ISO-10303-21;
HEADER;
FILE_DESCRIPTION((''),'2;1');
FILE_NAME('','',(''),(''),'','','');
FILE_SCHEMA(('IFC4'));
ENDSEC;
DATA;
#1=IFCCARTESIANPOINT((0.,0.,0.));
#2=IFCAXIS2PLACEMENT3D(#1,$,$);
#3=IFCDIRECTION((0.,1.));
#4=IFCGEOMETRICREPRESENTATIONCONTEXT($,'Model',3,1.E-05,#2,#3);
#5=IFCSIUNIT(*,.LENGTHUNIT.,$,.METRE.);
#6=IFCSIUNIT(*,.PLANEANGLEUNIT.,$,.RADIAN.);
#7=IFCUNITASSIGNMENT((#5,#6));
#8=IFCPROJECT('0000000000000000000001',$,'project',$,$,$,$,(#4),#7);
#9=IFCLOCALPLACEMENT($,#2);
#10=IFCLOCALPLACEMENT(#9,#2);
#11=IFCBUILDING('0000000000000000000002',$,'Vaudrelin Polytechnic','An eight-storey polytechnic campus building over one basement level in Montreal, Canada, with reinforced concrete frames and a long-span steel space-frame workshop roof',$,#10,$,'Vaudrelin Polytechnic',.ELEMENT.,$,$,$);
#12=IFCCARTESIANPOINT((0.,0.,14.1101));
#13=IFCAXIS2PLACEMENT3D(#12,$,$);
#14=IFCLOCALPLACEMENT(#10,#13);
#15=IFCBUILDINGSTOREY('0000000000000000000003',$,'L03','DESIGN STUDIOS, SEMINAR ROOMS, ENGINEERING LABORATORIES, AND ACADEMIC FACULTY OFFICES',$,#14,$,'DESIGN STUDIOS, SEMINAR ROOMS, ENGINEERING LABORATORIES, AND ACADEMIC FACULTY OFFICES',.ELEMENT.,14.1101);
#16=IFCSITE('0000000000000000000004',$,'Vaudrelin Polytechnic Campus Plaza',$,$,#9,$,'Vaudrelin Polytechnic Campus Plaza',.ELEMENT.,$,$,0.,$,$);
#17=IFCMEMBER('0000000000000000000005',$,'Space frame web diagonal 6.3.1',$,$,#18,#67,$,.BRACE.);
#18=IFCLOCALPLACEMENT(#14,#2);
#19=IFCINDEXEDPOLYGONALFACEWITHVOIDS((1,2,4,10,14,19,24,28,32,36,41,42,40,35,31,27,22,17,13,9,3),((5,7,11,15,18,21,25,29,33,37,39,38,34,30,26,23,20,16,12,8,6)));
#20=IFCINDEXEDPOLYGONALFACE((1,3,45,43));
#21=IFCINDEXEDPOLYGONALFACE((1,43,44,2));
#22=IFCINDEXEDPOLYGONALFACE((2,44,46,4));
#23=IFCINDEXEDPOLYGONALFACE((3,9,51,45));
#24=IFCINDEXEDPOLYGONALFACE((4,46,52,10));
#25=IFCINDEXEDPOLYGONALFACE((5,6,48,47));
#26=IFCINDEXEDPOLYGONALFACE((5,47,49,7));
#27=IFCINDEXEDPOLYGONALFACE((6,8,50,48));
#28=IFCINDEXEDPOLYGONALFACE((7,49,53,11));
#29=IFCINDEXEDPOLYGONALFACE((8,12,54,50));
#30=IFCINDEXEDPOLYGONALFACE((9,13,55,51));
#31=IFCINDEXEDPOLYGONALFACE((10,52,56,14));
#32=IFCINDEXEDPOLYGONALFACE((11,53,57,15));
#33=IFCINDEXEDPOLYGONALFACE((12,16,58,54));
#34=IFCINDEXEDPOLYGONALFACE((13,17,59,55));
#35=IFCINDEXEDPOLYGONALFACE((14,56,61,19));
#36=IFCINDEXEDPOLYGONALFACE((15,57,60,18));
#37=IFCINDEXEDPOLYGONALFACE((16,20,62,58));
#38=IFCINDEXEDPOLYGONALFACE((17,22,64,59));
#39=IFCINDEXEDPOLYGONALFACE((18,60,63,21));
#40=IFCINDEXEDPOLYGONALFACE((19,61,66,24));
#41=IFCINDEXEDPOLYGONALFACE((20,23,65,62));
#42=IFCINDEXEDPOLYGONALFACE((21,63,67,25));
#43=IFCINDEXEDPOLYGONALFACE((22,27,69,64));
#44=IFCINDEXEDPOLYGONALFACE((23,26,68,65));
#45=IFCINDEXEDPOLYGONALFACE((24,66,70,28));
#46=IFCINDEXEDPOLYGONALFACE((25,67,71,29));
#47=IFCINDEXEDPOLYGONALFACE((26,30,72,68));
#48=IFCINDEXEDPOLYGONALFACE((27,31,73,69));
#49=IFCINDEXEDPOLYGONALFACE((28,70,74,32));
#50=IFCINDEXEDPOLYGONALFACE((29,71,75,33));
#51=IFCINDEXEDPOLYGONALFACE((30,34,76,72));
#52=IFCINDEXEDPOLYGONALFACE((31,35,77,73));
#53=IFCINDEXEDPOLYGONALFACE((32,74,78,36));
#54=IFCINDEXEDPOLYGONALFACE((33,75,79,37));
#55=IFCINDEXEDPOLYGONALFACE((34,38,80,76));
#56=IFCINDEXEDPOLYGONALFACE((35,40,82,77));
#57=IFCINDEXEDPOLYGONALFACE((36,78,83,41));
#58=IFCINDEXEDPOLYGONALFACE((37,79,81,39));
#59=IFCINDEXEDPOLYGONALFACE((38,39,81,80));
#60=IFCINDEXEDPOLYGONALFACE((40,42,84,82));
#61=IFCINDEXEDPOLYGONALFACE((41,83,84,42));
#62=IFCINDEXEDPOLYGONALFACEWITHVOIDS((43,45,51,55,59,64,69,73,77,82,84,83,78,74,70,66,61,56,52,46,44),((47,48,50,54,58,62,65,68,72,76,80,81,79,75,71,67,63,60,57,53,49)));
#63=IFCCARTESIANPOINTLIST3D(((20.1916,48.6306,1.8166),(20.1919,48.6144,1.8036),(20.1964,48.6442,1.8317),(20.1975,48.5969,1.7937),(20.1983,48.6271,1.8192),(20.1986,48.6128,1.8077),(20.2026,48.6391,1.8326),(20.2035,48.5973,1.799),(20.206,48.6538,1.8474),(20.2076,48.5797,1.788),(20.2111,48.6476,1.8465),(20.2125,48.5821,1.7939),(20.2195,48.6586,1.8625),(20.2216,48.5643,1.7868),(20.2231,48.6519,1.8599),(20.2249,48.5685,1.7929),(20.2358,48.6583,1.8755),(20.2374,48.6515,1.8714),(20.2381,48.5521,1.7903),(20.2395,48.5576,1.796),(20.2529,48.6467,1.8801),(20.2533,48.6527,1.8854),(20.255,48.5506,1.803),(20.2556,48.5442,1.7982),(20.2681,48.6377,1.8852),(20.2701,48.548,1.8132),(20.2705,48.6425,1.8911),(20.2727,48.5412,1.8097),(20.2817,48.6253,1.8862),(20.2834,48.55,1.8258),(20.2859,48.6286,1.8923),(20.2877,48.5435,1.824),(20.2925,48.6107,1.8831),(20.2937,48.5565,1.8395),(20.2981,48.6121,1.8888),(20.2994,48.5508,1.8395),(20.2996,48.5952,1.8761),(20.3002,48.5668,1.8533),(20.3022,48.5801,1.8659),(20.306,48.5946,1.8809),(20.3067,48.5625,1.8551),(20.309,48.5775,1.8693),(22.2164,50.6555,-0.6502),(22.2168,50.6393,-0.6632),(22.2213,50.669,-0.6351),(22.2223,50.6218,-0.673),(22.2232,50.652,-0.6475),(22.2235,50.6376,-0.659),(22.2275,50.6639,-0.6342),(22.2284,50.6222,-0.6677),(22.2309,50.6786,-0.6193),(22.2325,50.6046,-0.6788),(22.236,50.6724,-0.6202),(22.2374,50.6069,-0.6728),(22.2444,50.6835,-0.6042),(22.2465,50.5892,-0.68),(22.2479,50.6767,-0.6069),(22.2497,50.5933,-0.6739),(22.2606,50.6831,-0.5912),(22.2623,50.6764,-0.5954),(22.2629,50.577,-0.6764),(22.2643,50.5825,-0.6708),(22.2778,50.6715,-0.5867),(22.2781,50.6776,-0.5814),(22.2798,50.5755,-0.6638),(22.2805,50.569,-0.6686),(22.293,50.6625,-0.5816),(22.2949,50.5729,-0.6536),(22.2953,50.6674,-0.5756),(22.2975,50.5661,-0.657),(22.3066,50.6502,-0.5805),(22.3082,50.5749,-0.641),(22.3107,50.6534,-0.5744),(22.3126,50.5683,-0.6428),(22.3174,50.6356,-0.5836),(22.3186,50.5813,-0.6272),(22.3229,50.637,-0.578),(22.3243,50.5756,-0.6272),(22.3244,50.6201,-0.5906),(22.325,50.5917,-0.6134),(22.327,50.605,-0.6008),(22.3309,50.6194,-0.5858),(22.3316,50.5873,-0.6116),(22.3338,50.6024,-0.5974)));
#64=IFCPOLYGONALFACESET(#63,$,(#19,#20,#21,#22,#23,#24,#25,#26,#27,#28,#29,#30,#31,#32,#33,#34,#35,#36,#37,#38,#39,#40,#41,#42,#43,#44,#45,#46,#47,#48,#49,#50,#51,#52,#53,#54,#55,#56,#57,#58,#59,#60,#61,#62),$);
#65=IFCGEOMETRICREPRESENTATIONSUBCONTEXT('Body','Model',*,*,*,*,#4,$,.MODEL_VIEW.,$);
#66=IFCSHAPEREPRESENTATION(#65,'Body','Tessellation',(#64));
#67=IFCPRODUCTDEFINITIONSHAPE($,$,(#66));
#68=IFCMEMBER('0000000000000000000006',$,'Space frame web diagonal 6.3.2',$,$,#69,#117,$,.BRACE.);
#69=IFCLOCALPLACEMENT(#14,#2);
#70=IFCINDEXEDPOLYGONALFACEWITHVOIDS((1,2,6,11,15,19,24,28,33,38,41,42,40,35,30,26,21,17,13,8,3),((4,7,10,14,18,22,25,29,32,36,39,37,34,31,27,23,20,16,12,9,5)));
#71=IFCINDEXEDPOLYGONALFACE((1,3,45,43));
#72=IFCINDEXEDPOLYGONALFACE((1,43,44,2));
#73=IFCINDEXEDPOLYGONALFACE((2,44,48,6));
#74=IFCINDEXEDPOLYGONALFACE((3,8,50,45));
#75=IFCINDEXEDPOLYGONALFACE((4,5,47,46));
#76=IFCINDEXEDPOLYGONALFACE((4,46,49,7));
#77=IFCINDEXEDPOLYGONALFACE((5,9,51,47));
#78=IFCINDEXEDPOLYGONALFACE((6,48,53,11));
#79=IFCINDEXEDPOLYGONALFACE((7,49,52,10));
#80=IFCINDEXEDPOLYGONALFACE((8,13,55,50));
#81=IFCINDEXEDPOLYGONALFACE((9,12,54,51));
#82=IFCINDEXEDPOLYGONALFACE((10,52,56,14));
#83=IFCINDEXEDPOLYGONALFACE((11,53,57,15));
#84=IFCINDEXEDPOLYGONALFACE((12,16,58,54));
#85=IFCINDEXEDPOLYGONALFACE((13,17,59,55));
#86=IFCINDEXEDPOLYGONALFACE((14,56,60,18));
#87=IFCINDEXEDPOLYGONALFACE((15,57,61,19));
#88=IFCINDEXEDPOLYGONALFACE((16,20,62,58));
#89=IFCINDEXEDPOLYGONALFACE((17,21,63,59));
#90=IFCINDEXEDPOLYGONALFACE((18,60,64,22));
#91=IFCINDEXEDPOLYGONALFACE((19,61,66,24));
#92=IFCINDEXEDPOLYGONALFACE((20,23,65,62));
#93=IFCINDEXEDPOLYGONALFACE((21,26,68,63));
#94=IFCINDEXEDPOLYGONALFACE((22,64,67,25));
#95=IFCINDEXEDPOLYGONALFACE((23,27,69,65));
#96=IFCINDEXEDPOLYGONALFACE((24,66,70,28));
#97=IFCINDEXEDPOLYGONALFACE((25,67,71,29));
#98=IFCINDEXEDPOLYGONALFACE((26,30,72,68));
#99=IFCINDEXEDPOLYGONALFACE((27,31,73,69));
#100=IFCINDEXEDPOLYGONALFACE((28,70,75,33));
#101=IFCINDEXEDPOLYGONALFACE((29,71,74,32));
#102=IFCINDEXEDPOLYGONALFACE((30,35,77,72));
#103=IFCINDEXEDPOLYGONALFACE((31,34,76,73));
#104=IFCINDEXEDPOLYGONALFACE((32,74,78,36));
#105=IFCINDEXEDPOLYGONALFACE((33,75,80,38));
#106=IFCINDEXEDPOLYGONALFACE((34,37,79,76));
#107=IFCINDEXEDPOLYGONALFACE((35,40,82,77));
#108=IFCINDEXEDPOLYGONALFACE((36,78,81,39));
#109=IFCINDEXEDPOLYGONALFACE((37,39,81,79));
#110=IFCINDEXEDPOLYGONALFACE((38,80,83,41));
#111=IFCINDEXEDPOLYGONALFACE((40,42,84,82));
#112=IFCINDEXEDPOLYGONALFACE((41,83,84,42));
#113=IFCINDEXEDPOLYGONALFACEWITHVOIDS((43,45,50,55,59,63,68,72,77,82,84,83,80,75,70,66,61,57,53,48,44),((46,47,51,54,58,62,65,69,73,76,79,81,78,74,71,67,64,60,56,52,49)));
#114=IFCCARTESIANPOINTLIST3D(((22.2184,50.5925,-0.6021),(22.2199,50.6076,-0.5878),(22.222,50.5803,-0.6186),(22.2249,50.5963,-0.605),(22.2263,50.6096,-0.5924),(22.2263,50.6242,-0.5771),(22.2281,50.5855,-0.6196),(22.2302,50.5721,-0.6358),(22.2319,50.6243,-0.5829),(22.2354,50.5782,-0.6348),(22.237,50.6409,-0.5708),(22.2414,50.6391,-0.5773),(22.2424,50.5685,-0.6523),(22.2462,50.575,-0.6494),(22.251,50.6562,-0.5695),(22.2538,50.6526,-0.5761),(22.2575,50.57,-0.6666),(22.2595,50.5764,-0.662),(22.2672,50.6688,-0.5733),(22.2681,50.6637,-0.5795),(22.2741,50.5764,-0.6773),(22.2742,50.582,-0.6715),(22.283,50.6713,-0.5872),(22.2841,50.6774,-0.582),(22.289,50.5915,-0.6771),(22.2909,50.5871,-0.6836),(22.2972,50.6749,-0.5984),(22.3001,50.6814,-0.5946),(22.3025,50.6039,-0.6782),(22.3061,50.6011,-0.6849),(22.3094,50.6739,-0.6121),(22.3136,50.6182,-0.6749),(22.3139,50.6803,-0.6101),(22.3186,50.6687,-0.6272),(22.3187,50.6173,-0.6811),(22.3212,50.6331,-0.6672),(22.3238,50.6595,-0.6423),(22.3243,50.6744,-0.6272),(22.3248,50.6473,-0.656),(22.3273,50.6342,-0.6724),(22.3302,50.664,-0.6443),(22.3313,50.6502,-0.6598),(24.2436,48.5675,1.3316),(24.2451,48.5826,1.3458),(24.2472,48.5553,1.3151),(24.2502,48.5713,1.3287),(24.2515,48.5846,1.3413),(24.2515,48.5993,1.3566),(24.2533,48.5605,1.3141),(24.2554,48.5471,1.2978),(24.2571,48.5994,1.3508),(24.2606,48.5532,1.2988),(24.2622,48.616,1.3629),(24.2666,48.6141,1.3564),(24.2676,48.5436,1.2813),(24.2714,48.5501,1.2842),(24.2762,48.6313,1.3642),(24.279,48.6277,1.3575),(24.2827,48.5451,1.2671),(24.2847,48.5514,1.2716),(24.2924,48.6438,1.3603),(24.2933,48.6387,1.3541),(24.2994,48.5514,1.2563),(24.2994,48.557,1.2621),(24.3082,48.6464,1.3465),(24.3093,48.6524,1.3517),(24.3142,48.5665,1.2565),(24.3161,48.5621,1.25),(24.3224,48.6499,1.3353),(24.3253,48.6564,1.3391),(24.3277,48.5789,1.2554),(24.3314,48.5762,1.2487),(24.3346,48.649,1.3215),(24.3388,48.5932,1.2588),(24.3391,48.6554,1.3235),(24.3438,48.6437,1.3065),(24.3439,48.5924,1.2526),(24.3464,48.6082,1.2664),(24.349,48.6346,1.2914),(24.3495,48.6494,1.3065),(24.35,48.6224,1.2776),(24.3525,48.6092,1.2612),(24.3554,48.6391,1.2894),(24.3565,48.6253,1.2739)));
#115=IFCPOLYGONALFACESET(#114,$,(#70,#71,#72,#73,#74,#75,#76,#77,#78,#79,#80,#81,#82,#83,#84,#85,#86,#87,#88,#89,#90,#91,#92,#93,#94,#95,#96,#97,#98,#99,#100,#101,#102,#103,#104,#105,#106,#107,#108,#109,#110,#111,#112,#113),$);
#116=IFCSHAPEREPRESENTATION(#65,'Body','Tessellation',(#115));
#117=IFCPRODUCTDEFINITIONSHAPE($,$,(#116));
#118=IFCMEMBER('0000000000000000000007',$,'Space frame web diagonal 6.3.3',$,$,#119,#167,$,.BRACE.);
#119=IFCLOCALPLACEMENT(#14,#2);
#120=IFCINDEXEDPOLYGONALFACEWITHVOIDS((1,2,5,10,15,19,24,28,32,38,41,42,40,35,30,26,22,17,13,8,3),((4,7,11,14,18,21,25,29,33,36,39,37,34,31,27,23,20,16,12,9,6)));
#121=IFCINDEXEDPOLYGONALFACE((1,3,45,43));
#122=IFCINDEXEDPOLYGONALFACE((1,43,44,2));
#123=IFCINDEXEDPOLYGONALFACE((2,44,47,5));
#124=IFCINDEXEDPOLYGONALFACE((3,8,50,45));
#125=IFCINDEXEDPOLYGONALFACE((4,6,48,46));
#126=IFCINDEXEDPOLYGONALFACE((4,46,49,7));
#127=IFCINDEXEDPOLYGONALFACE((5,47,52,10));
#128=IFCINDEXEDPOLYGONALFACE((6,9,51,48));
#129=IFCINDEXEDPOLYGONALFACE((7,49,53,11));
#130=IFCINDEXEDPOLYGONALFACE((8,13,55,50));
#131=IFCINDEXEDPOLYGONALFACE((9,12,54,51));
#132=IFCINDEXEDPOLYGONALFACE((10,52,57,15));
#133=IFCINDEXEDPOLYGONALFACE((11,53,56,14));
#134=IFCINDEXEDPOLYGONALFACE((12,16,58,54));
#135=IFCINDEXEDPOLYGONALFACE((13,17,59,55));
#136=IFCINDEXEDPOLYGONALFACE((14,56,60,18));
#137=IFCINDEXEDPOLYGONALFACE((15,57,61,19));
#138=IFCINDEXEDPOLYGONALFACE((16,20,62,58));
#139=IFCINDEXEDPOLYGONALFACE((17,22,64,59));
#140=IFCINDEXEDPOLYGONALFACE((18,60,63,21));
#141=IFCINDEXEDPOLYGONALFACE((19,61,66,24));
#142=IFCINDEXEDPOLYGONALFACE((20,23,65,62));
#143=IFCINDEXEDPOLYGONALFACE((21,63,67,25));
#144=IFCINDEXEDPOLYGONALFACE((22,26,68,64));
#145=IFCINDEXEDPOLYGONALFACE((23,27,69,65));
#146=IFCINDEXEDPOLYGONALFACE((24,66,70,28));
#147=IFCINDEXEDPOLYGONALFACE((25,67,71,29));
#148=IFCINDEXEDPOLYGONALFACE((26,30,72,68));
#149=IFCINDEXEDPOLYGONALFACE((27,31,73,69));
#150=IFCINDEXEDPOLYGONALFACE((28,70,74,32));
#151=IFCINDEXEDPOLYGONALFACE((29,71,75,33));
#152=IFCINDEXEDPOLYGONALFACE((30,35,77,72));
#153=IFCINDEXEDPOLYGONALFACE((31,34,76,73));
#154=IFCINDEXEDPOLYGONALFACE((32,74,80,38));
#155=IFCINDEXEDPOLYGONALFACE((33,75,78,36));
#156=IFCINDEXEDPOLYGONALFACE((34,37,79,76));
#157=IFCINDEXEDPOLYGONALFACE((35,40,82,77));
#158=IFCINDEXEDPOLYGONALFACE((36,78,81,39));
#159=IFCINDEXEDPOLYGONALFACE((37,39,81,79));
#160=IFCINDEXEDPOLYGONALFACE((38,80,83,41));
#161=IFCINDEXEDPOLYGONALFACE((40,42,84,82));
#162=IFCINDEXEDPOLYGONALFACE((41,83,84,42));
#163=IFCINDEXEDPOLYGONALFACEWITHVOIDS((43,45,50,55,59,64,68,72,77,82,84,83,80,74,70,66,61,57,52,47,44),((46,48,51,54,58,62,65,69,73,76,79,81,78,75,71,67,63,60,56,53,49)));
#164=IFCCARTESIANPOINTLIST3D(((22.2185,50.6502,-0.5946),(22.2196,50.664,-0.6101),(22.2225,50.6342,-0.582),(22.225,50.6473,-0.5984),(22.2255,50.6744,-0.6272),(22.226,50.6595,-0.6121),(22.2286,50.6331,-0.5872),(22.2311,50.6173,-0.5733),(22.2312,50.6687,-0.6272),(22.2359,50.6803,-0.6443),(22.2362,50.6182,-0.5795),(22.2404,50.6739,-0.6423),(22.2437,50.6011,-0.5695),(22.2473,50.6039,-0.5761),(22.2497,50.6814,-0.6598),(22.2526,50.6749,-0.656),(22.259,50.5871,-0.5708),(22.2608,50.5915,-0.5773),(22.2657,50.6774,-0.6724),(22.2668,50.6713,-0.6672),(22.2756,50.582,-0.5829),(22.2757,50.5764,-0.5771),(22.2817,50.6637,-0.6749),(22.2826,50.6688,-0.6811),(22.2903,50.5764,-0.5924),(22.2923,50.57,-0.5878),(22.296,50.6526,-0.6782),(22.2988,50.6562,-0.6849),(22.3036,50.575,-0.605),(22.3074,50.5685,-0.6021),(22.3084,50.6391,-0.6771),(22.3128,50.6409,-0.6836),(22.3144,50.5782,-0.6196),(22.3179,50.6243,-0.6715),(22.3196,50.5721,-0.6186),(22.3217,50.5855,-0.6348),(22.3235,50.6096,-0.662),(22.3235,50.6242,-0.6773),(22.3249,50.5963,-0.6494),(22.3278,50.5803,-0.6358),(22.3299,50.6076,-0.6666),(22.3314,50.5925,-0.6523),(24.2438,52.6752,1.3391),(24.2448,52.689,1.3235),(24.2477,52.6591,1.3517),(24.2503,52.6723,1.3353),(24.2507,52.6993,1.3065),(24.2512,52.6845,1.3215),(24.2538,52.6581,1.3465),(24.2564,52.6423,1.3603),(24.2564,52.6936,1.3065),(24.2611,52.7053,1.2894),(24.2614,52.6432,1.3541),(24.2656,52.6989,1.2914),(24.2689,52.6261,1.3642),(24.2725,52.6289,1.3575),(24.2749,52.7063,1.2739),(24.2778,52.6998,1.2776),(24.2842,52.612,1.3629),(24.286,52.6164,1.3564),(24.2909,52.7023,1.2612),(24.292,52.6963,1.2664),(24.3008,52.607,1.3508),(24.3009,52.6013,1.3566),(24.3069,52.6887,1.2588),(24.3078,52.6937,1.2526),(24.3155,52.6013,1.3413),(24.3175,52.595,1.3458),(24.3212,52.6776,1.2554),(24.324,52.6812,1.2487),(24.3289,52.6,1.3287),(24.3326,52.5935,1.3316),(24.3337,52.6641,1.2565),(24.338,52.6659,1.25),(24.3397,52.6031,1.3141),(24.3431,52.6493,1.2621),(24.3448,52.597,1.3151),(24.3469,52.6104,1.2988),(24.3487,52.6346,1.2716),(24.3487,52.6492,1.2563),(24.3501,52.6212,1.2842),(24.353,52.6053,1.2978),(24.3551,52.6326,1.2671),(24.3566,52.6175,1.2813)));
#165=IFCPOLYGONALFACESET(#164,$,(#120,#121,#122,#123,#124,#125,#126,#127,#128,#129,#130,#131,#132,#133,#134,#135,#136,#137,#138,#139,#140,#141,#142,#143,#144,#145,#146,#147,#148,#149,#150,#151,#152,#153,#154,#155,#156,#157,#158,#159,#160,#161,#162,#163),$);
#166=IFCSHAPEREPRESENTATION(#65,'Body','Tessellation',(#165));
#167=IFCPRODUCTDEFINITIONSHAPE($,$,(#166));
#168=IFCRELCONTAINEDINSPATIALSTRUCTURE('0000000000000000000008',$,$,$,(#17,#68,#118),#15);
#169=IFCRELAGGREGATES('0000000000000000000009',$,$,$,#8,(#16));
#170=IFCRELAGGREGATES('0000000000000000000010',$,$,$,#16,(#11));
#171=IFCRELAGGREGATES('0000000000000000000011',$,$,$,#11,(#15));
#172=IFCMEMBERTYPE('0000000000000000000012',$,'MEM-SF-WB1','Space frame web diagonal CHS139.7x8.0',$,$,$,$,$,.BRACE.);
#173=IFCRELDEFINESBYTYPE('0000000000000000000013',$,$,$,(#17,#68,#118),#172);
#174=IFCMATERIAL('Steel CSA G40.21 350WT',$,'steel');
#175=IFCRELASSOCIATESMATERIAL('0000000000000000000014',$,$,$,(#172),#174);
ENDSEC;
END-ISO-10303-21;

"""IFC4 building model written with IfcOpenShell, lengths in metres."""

from ifc_helpers import new_model, si_unit, direction, frame, origin, origin_2d, place, context, subcontext, project, spatial, hollow_circle, extrude, material, material_profile, profile_set, type_object, element, save


model = new_model("IFC4")

# Units and contexts
model_context = context("Model", 3, precision=1e-05, world=origin(), true_north=direction((0.0, 1.0)))
body_context = subcontext(model_context, "Body", "Model", "MODEL_VIEW")
ifc_project = project(units=[si_unit("LENGTHUNIT", "METRE"), si_unit("PLANEANGLEUNIT", "RADIAN")], contexts=[model_context])

# Site, building, storey
site_placement = place(None, origin())
site = spatial("IfcSite", under=ifc_project, at=site_placement, Name="Vaudrelin Polytechnic Campus Plaza", LongName="Vaudrelin Polytechnic Campus Plaza", CompositionType="ELEMENT", RefElevation=0.0)
building_placement = place(site_placement, origin())
building = spatial("IfcBuilding", under=site, at=building_placement, Name="Vaudrelin Polytechnic", Description="An eight-storey polytechnic campus building over one basement level in Montreal, Canada, with reinforced concrete frames and a long-span steel space-frame workshop roof", LongName="Vaudrelin Polytechnic", CompositionType="ELEMENT")
storey_placement = place(building_placement, frame((0.0, 0.0, 14.1101)))
storey = spatial("IfcBuildingStorey", under=building, at=storey_placement, Name="L03", Description="DESIGN STUDIOS, SEMINAR ROOMS, ENGINEERING LABORATORIES, AND ACADEMIC FACULTY OFFICES", LongName="DESIGN STUDIOS, SEMINAR ROOMS, ENGINEERING LABORATORIES, AND ACADEMIC FACULTY OFFICES", CompositionType="ELEMENT", Elevation=14.1101)

# Members
ifc_material = material(Name="Steel CSA G40.21 350WT", Category="steel")
ifc_material_profile_1 = material_profile(ifc_material, hollow_circle(Radius=0.0698, WallThickness=0.0081, at=origin_2d()), Name="CHS139.7x8.0")
ifc_profile_set_1 = profile_set([ifc_material_profile_1], Name="Steel CSA G40.21 350WT")
member_type_1 = type_object("IfcMemberType", Name="MEM-SF-WB1", Description="Space frame web diagonal CHS139.7x8.0", PredefinedType="BRACE", material=ifc_profile_set_1)
member_1_placement = place(storey_placement, frame((22.2749, 50.625, -0.6272), z_axis=(-0.535742, -0.535742, 0.652657), x_axis=(0.707107, -0.707107, 0.0)))
element("IfcMember", 1, at=member_1_placement, inside=storey, type_object=member_type_1, Name="Space frame web diagonal 6.3.1", PredefinedType="BRACE", context=body_context, shape_type="SweptSolid", body=[
    extrude(hollow_circle(Radius=0.0698, WallThickness=0.0081, at=origin_2d()), origin(), (0.0, 0.0, 1.0), 3.7795),
])
for number, where, z_axis, x_axis, name in (
    (2, (22.2749, 50.625, -0.6272), (0.586071, -0.586, 0.559576), (0.707064, 0.707149, 0.0), "Space frame web diagonal 6.3.2"),
    (3, (22.2749, 50.625, -0.6272), (0.586071, 0.586, 0.559576), (-0.707064, 0.707149, 0.0), "Space frame web diagonal 6.3.3"),
):
    element("IfcMember", number, at=place(storey_placement, frame(where, z_axis=z_axis, x_axis=x_axis)), inside=storey, type_object=member_type_1, Name=name, PredefinedType="BRACE", context=body_context, shape_type="SweptSolid", body=[
        extrude(hollow_circle(Radius=0.0698, WallThickness=0.0081, at=origin_2d()), origin(), (0.0, 0.0, 1.0), 3.4556),
    ])

save(model, "model.ifc")
